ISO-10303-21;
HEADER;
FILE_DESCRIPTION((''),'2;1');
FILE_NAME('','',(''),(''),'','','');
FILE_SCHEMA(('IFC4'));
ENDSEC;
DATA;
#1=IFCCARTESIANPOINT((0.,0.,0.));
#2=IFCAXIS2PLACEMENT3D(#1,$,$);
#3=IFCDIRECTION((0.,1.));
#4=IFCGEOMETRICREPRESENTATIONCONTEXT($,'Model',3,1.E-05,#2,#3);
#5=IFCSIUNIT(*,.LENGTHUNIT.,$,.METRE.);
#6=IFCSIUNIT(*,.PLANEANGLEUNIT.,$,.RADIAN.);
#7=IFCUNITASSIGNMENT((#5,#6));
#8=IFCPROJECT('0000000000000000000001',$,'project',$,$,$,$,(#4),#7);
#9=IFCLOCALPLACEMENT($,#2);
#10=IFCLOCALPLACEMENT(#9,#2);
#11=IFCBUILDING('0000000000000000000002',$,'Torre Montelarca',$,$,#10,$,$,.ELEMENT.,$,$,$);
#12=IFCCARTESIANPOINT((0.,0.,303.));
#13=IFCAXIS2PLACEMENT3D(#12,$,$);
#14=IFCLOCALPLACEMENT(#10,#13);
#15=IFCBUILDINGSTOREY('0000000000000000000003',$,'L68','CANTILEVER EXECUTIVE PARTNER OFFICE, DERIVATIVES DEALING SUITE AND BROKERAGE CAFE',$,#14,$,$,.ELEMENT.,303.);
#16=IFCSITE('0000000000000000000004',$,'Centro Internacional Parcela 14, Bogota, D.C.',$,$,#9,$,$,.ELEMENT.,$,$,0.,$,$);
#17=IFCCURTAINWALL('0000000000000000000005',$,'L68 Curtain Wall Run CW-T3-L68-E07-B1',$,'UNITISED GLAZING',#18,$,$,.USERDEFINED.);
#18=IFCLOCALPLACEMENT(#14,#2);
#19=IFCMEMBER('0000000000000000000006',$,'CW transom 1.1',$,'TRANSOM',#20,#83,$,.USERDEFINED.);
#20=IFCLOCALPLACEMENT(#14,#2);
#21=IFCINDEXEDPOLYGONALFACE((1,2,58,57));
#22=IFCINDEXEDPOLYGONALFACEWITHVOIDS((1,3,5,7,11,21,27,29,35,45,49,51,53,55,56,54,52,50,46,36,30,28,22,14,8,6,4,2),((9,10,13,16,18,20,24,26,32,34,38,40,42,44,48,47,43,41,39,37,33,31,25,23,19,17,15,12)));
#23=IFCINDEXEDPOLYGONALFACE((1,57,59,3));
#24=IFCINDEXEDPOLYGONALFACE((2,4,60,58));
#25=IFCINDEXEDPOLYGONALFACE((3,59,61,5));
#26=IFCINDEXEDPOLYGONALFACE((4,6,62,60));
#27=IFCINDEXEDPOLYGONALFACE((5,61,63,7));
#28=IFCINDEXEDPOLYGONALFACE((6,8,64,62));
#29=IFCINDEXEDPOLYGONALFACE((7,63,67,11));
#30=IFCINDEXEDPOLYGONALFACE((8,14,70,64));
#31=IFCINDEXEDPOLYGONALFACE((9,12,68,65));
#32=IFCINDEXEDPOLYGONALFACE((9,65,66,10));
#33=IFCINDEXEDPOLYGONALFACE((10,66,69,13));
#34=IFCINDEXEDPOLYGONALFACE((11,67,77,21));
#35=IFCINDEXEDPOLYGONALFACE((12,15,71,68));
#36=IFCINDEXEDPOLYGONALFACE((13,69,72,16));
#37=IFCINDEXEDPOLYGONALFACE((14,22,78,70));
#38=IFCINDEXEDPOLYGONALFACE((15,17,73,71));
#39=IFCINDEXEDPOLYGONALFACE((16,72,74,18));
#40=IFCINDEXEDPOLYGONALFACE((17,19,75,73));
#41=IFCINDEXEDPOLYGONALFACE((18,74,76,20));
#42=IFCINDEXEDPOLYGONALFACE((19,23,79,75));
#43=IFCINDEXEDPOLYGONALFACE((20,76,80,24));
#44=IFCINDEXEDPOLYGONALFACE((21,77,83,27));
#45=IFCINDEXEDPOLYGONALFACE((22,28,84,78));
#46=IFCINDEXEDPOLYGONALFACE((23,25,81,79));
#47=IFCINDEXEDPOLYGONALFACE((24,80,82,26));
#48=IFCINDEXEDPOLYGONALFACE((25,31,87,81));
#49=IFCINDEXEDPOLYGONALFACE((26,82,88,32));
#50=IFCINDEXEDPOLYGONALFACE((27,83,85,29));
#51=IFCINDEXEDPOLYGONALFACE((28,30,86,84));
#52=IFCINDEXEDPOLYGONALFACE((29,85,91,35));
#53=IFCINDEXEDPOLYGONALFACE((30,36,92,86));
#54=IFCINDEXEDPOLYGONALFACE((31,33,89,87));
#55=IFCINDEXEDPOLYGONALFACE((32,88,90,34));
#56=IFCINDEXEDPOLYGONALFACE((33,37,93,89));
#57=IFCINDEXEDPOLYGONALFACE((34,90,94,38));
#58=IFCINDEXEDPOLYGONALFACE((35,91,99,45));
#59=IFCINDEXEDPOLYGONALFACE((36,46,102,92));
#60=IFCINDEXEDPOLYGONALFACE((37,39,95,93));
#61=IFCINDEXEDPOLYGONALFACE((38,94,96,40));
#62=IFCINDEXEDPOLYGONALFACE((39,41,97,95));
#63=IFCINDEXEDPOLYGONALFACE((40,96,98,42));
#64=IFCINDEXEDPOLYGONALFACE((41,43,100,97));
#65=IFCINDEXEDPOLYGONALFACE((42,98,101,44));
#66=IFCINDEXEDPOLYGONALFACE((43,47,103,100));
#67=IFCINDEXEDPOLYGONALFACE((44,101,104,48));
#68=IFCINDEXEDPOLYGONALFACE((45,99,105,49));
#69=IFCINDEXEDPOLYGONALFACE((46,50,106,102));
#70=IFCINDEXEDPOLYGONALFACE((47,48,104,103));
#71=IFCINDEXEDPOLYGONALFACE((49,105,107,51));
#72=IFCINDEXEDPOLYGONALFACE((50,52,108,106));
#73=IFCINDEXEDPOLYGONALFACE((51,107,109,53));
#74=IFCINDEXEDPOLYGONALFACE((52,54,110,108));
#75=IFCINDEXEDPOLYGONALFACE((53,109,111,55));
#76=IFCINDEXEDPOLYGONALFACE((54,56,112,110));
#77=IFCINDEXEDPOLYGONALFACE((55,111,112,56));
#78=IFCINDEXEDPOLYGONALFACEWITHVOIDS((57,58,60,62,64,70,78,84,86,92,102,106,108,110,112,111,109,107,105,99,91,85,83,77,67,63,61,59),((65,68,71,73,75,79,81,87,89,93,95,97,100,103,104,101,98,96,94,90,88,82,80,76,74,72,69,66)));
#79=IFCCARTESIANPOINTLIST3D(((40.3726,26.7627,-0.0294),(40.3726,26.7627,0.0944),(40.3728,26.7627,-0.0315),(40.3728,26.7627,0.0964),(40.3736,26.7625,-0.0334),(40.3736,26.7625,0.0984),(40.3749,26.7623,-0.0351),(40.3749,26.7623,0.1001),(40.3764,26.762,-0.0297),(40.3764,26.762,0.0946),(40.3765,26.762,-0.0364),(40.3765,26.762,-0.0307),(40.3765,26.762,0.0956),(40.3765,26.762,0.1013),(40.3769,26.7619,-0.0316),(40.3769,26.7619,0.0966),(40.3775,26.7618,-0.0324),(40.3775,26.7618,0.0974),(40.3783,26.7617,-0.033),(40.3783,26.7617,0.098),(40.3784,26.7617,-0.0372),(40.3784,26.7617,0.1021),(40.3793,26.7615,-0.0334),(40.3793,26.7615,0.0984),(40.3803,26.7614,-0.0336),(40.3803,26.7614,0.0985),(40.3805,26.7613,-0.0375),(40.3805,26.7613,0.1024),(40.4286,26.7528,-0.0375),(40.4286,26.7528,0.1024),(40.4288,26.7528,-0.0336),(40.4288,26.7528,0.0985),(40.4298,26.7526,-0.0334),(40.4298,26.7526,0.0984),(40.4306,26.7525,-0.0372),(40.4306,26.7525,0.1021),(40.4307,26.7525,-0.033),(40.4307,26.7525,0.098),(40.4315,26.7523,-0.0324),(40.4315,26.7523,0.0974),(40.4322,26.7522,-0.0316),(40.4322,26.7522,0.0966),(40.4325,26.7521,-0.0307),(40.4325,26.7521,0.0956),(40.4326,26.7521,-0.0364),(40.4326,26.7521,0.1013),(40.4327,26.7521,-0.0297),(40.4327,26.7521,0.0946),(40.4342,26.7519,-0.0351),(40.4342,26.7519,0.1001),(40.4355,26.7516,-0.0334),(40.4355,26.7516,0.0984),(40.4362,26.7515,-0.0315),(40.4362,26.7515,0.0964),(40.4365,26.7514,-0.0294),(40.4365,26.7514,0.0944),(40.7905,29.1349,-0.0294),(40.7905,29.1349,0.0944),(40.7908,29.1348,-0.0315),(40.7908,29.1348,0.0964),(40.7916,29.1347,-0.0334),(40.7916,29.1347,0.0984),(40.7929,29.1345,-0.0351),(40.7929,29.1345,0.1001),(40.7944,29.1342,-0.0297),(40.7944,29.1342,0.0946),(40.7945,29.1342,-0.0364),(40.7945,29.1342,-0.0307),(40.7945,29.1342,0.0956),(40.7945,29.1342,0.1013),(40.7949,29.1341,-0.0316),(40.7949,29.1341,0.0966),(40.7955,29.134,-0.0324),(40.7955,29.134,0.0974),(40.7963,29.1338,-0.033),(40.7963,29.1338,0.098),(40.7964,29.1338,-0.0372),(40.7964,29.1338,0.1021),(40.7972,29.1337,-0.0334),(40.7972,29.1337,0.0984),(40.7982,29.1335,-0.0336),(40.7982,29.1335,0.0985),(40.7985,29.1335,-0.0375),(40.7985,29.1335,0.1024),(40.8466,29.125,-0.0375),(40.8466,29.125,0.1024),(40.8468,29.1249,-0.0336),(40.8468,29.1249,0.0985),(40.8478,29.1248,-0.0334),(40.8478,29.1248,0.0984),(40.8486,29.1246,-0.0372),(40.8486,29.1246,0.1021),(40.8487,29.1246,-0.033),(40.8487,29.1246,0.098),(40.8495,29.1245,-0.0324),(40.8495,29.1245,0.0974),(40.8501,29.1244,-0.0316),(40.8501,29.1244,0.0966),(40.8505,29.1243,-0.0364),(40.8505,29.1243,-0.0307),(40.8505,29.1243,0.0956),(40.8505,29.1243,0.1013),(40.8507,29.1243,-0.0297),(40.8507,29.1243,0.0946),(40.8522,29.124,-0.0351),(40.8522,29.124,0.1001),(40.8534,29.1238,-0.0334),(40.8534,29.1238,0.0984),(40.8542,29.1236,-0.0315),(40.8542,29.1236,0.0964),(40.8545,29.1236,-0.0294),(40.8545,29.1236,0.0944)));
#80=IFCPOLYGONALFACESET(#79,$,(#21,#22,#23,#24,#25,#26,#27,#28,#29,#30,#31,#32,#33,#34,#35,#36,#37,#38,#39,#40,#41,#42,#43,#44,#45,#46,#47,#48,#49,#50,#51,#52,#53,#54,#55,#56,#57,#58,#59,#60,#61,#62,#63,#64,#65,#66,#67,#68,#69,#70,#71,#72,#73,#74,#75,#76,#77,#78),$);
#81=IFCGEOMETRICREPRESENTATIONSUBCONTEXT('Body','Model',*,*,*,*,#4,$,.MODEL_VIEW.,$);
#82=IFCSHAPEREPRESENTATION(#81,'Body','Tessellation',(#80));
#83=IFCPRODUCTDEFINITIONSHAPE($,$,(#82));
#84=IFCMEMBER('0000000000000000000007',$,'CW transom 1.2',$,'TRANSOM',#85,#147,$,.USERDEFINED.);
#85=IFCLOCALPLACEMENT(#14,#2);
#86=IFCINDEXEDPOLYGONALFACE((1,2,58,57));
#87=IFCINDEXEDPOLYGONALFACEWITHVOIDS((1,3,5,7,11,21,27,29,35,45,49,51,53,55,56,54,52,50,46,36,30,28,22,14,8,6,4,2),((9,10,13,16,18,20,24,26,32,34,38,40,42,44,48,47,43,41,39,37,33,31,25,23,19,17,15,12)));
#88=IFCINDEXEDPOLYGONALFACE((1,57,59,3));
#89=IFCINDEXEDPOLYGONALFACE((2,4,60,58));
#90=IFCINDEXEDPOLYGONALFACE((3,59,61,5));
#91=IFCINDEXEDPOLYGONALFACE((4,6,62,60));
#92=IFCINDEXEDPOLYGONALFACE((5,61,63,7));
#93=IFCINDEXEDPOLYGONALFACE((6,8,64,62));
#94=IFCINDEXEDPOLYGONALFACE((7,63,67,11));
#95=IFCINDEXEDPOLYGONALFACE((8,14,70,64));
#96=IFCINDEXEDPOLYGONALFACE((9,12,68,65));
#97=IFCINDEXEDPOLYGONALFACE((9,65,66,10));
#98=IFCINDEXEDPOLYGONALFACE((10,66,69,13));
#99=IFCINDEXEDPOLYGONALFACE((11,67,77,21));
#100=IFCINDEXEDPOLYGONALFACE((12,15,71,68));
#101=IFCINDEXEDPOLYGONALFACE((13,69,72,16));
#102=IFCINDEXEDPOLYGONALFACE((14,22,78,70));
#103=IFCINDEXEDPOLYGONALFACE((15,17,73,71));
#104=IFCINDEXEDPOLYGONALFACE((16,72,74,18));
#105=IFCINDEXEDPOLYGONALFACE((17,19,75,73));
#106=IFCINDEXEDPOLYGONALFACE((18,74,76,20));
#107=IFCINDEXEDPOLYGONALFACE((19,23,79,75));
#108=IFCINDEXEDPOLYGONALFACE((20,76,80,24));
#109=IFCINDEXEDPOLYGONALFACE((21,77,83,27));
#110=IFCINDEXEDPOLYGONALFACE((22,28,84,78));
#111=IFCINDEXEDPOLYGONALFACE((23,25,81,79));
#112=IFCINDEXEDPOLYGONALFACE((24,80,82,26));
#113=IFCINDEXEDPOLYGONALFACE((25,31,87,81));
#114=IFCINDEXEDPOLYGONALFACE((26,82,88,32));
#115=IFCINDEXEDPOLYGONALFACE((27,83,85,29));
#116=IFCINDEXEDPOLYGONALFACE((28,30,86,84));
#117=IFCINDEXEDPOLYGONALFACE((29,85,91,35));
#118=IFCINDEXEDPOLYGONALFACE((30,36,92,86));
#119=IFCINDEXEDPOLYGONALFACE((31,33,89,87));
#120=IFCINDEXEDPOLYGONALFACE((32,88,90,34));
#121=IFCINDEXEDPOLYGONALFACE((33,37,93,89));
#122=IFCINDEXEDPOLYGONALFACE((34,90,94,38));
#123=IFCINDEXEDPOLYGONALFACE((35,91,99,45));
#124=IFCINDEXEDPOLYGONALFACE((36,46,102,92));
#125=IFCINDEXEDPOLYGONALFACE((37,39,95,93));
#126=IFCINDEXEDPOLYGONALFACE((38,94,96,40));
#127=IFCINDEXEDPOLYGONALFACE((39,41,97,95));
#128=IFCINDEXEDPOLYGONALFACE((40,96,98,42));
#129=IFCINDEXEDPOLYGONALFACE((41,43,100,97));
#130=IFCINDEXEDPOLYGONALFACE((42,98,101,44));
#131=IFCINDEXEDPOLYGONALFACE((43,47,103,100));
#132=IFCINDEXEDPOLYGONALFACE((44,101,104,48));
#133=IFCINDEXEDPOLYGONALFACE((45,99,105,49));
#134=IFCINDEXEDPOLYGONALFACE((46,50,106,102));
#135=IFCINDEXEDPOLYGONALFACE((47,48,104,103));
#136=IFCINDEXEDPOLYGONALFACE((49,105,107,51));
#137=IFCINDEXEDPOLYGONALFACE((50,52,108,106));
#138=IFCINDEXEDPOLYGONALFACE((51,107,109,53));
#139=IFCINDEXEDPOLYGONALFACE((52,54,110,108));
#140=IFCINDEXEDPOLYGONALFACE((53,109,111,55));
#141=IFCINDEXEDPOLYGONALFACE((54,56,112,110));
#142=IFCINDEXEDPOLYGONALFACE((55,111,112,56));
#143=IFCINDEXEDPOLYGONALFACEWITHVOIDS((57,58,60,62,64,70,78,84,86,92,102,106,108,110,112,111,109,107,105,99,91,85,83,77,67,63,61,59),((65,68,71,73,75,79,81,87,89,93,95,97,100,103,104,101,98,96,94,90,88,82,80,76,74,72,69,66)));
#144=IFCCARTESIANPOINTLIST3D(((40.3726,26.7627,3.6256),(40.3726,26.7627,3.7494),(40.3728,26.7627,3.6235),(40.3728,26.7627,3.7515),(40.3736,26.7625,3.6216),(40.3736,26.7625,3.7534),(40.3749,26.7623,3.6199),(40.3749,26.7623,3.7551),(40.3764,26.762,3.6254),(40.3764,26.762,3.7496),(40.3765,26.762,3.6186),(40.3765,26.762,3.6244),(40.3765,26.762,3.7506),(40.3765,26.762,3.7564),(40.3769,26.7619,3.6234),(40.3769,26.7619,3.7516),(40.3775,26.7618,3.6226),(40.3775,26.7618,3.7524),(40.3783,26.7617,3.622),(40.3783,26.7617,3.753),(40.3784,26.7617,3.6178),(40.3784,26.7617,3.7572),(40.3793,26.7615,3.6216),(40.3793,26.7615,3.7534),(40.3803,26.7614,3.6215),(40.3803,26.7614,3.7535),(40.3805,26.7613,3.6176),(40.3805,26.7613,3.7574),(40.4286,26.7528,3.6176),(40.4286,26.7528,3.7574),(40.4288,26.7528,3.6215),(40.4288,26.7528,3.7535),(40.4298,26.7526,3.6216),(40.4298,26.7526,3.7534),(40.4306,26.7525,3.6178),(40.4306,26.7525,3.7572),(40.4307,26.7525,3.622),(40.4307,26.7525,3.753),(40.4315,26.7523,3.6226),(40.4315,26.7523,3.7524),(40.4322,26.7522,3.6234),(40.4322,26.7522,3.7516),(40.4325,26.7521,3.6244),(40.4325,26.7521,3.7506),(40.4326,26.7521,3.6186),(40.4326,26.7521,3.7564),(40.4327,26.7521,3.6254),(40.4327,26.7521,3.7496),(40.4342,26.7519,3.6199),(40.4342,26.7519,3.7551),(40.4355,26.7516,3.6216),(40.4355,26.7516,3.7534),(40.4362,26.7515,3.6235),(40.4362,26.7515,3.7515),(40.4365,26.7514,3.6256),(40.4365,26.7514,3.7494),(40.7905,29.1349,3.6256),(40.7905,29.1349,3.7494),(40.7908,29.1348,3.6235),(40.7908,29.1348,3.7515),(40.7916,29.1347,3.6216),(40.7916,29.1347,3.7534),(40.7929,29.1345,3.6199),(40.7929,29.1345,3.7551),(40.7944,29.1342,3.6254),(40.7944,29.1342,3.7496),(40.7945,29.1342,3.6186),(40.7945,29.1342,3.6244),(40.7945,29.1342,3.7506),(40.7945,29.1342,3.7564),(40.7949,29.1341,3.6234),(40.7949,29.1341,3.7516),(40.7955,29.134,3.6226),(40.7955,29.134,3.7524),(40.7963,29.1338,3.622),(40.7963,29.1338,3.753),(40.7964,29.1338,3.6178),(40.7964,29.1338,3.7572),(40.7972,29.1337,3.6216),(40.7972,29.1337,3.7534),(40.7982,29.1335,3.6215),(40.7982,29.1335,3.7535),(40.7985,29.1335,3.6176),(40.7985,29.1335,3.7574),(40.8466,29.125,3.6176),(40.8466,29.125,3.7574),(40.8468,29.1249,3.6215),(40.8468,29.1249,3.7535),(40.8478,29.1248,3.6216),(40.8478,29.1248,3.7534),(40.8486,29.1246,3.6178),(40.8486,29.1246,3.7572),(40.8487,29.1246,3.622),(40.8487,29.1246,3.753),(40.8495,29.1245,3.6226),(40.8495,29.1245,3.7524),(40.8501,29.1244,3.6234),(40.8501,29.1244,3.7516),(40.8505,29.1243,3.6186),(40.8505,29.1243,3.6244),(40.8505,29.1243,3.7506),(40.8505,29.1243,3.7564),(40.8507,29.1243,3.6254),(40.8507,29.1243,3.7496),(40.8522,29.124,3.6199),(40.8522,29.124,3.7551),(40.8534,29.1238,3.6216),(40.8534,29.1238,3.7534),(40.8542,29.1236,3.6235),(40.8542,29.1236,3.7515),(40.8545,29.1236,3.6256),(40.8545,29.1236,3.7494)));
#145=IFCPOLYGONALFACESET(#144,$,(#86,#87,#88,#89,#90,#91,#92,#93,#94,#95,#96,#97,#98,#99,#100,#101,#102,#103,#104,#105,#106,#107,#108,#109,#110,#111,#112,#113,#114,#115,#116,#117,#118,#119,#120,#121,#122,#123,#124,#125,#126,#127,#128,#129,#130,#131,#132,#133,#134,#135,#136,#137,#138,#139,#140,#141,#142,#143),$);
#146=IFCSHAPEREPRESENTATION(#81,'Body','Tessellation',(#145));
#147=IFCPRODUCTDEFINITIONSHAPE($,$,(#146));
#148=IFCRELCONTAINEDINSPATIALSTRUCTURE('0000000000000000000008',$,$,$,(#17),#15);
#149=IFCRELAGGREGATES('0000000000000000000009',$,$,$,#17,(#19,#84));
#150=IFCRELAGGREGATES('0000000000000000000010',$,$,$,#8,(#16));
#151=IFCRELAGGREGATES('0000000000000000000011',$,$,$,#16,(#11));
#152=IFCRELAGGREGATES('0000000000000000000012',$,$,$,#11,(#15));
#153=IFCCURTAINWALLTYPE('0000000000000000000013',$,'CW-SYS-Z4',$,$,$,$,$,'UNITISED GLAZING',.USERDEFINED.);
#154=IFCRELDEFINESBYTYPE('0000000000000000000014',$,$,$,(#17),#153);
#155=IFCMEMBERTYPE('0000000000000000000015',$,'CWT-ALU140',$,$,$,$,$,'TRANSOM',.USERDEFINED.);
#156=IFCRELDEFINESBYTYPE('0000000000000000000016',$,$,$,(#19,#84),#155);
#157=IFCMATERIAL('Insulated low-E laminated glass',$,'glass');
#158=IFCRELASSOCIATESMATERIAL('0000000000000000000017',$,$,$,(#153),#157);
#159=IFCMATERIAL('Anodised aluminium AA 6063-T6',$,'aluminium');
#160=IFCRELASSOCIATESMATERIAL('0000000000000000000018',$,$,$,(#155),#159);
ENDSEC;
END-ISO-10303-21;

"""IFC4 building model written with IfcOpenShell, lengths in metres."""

from ifc_helpers import new_model, si_unit, direction, frame, origin, origin_2d, place, context, subcontext, project, spatial, hollow_rectangle, extrude, source, transform, mapped, material, material_profile, profile_set, type_object, element, aggregate, save


model = new_model("IFC4")

# Units and contexts
model_context = context("Model", 3, precision=1e-05, world=origin(), true_north=direction((0.0, 1.0)))
body_context = subcontext(model_context, "Body", "Model", "MODEL_VIEW")
ifc_project = project(units=[si_unit("LENGTHUNIT", "METRE"), si_unit("PLANEANGLEUNIT", "RADIAN")], contexts=[model_context])

# Site, building, storey
site_placement = place(None, origin())
site = spatial("IfcSite", under=ifc_project, at=site_placement, Name="Centro Internacional Parcela 14, Bogota, D.C.", CompositionType="ELEMENT", RefElevation=0.0)
building_placement = place(site_placement, origin())
building = spatial("IfcBuilding", under=site, at=building_placement, Name="Torre Montelarca", CompositionType="ELEMENT")
storey_placement = place(building_placement, frame((0.0, 0.0, 303.0)))
storey = spatial("IfcBuildingStorey", under=building, at=storey_placement, Name="L68", Description="CANTILEVER EXECUTIVE PARTNER OFFICE, DERIVATIVES DEALING SUITE AND BROKERAGE CAFE", CompositionType="ELEMENT", Elevation=303.0)

# Curtain wall
ifc_material_1 = material(Name="Insulated low-E laminated glass", Category="glass")
curtain_wall_type = type_object("IfcCurtainWallType", Name="CW-SYS-Z4", ElementType="UNITISED GLAZING", PredefinedType="USERDEFINED", material=ifc_material_1)
curtain_wall_1_placement = place(storey_placement, origin())
curtain_wall_1 = element("IfcCurtainWall", 1, at=curtain_wall_1_placement, inside=storey, type_object=curtain_wall_type, Name="L68 Curtain Wall Run CW-T3-L68-E07-B1", ObjectType="UNITISED GLAZING", PredefinedType="USERDEFINED")
ifc_material_2 = material(Name="Anodised aluminium AA 6063-T6", Category="aluminium")

# Members
ifc_material_profile_1 = material_profile(ifc_material_2, hollow_rectangle(XDim=0.0649, YDim=0.1399, WallThickness=0.0039, InnerFilletRadius=0.0039, OuterFilletRadius=0.0081, at=origin_2d()), Name="ALU65X140X4", Category="aluminium")
ifc_profile_set_1 = profile_set([ifc_material_profile_1], Name="Anodised aluminium AA 6063-T6")
member_type_1 = type_object("IfcMemberType", Name="CWT-ALU140", ElementType="TRANSOM", PredefinedType="USERDEFINED", material=ifc_profile_set_1)
shared_shape_1 = source(origin(), body_context, "Body", "SweptSolid", [
    extrude(hollow_rectangle(XDim=0.0649, YDim=0.1399, WallThickness=0.0039, InnerFilletRadius=0.0039, OuterFilletRadius=0.0081, at=origin_2d()), origin(), (0.0, 0.0, 1.0), 2.4087),
])
member_1_placement = place(storey_placement, frame((40.4045, 26.7571, 0.0325), z_axis=(0.173531, 0.984828, 0.0), x_axis=(-0.984828, 0.173531, 0.0)))
member_1 = element("IfcMember", 2, at=member_1_placement, type_object=member_type_1, Name="CW transom 1.1", ObjectType="TRANSOM", PredefinedType="USERDEFINED", context=body_context, shape_type="MappedRepresentation", body=[
    mapped(shared_shape_1, transform((0.0, 0.0, 0.0), scale=1.0)),
])
member_2_placement = place(storey_placement, frame((40.4045, 26.7571, 3.6875), z_axis=(0.173531, 0.984828, 0.0), x_axis=(-0.984828, 0.173531, 0.0)))
member_2 = element("IfcMember", 3, at=member_2_placement, type_object=member_type_1, Name="CW transom 1.2", ObjectType="TRANSOM", PredefinedType="USERDEFINED", context=body_context, shape_type="MappedRepresentation", body=[
    mapped(shared_shape_1, transform((0.0, 0.0, 0.0), scale=1.0)),
])

aggregate(curtain_wall_1, [member_1, member_2])

save(model, "model.ifc")
